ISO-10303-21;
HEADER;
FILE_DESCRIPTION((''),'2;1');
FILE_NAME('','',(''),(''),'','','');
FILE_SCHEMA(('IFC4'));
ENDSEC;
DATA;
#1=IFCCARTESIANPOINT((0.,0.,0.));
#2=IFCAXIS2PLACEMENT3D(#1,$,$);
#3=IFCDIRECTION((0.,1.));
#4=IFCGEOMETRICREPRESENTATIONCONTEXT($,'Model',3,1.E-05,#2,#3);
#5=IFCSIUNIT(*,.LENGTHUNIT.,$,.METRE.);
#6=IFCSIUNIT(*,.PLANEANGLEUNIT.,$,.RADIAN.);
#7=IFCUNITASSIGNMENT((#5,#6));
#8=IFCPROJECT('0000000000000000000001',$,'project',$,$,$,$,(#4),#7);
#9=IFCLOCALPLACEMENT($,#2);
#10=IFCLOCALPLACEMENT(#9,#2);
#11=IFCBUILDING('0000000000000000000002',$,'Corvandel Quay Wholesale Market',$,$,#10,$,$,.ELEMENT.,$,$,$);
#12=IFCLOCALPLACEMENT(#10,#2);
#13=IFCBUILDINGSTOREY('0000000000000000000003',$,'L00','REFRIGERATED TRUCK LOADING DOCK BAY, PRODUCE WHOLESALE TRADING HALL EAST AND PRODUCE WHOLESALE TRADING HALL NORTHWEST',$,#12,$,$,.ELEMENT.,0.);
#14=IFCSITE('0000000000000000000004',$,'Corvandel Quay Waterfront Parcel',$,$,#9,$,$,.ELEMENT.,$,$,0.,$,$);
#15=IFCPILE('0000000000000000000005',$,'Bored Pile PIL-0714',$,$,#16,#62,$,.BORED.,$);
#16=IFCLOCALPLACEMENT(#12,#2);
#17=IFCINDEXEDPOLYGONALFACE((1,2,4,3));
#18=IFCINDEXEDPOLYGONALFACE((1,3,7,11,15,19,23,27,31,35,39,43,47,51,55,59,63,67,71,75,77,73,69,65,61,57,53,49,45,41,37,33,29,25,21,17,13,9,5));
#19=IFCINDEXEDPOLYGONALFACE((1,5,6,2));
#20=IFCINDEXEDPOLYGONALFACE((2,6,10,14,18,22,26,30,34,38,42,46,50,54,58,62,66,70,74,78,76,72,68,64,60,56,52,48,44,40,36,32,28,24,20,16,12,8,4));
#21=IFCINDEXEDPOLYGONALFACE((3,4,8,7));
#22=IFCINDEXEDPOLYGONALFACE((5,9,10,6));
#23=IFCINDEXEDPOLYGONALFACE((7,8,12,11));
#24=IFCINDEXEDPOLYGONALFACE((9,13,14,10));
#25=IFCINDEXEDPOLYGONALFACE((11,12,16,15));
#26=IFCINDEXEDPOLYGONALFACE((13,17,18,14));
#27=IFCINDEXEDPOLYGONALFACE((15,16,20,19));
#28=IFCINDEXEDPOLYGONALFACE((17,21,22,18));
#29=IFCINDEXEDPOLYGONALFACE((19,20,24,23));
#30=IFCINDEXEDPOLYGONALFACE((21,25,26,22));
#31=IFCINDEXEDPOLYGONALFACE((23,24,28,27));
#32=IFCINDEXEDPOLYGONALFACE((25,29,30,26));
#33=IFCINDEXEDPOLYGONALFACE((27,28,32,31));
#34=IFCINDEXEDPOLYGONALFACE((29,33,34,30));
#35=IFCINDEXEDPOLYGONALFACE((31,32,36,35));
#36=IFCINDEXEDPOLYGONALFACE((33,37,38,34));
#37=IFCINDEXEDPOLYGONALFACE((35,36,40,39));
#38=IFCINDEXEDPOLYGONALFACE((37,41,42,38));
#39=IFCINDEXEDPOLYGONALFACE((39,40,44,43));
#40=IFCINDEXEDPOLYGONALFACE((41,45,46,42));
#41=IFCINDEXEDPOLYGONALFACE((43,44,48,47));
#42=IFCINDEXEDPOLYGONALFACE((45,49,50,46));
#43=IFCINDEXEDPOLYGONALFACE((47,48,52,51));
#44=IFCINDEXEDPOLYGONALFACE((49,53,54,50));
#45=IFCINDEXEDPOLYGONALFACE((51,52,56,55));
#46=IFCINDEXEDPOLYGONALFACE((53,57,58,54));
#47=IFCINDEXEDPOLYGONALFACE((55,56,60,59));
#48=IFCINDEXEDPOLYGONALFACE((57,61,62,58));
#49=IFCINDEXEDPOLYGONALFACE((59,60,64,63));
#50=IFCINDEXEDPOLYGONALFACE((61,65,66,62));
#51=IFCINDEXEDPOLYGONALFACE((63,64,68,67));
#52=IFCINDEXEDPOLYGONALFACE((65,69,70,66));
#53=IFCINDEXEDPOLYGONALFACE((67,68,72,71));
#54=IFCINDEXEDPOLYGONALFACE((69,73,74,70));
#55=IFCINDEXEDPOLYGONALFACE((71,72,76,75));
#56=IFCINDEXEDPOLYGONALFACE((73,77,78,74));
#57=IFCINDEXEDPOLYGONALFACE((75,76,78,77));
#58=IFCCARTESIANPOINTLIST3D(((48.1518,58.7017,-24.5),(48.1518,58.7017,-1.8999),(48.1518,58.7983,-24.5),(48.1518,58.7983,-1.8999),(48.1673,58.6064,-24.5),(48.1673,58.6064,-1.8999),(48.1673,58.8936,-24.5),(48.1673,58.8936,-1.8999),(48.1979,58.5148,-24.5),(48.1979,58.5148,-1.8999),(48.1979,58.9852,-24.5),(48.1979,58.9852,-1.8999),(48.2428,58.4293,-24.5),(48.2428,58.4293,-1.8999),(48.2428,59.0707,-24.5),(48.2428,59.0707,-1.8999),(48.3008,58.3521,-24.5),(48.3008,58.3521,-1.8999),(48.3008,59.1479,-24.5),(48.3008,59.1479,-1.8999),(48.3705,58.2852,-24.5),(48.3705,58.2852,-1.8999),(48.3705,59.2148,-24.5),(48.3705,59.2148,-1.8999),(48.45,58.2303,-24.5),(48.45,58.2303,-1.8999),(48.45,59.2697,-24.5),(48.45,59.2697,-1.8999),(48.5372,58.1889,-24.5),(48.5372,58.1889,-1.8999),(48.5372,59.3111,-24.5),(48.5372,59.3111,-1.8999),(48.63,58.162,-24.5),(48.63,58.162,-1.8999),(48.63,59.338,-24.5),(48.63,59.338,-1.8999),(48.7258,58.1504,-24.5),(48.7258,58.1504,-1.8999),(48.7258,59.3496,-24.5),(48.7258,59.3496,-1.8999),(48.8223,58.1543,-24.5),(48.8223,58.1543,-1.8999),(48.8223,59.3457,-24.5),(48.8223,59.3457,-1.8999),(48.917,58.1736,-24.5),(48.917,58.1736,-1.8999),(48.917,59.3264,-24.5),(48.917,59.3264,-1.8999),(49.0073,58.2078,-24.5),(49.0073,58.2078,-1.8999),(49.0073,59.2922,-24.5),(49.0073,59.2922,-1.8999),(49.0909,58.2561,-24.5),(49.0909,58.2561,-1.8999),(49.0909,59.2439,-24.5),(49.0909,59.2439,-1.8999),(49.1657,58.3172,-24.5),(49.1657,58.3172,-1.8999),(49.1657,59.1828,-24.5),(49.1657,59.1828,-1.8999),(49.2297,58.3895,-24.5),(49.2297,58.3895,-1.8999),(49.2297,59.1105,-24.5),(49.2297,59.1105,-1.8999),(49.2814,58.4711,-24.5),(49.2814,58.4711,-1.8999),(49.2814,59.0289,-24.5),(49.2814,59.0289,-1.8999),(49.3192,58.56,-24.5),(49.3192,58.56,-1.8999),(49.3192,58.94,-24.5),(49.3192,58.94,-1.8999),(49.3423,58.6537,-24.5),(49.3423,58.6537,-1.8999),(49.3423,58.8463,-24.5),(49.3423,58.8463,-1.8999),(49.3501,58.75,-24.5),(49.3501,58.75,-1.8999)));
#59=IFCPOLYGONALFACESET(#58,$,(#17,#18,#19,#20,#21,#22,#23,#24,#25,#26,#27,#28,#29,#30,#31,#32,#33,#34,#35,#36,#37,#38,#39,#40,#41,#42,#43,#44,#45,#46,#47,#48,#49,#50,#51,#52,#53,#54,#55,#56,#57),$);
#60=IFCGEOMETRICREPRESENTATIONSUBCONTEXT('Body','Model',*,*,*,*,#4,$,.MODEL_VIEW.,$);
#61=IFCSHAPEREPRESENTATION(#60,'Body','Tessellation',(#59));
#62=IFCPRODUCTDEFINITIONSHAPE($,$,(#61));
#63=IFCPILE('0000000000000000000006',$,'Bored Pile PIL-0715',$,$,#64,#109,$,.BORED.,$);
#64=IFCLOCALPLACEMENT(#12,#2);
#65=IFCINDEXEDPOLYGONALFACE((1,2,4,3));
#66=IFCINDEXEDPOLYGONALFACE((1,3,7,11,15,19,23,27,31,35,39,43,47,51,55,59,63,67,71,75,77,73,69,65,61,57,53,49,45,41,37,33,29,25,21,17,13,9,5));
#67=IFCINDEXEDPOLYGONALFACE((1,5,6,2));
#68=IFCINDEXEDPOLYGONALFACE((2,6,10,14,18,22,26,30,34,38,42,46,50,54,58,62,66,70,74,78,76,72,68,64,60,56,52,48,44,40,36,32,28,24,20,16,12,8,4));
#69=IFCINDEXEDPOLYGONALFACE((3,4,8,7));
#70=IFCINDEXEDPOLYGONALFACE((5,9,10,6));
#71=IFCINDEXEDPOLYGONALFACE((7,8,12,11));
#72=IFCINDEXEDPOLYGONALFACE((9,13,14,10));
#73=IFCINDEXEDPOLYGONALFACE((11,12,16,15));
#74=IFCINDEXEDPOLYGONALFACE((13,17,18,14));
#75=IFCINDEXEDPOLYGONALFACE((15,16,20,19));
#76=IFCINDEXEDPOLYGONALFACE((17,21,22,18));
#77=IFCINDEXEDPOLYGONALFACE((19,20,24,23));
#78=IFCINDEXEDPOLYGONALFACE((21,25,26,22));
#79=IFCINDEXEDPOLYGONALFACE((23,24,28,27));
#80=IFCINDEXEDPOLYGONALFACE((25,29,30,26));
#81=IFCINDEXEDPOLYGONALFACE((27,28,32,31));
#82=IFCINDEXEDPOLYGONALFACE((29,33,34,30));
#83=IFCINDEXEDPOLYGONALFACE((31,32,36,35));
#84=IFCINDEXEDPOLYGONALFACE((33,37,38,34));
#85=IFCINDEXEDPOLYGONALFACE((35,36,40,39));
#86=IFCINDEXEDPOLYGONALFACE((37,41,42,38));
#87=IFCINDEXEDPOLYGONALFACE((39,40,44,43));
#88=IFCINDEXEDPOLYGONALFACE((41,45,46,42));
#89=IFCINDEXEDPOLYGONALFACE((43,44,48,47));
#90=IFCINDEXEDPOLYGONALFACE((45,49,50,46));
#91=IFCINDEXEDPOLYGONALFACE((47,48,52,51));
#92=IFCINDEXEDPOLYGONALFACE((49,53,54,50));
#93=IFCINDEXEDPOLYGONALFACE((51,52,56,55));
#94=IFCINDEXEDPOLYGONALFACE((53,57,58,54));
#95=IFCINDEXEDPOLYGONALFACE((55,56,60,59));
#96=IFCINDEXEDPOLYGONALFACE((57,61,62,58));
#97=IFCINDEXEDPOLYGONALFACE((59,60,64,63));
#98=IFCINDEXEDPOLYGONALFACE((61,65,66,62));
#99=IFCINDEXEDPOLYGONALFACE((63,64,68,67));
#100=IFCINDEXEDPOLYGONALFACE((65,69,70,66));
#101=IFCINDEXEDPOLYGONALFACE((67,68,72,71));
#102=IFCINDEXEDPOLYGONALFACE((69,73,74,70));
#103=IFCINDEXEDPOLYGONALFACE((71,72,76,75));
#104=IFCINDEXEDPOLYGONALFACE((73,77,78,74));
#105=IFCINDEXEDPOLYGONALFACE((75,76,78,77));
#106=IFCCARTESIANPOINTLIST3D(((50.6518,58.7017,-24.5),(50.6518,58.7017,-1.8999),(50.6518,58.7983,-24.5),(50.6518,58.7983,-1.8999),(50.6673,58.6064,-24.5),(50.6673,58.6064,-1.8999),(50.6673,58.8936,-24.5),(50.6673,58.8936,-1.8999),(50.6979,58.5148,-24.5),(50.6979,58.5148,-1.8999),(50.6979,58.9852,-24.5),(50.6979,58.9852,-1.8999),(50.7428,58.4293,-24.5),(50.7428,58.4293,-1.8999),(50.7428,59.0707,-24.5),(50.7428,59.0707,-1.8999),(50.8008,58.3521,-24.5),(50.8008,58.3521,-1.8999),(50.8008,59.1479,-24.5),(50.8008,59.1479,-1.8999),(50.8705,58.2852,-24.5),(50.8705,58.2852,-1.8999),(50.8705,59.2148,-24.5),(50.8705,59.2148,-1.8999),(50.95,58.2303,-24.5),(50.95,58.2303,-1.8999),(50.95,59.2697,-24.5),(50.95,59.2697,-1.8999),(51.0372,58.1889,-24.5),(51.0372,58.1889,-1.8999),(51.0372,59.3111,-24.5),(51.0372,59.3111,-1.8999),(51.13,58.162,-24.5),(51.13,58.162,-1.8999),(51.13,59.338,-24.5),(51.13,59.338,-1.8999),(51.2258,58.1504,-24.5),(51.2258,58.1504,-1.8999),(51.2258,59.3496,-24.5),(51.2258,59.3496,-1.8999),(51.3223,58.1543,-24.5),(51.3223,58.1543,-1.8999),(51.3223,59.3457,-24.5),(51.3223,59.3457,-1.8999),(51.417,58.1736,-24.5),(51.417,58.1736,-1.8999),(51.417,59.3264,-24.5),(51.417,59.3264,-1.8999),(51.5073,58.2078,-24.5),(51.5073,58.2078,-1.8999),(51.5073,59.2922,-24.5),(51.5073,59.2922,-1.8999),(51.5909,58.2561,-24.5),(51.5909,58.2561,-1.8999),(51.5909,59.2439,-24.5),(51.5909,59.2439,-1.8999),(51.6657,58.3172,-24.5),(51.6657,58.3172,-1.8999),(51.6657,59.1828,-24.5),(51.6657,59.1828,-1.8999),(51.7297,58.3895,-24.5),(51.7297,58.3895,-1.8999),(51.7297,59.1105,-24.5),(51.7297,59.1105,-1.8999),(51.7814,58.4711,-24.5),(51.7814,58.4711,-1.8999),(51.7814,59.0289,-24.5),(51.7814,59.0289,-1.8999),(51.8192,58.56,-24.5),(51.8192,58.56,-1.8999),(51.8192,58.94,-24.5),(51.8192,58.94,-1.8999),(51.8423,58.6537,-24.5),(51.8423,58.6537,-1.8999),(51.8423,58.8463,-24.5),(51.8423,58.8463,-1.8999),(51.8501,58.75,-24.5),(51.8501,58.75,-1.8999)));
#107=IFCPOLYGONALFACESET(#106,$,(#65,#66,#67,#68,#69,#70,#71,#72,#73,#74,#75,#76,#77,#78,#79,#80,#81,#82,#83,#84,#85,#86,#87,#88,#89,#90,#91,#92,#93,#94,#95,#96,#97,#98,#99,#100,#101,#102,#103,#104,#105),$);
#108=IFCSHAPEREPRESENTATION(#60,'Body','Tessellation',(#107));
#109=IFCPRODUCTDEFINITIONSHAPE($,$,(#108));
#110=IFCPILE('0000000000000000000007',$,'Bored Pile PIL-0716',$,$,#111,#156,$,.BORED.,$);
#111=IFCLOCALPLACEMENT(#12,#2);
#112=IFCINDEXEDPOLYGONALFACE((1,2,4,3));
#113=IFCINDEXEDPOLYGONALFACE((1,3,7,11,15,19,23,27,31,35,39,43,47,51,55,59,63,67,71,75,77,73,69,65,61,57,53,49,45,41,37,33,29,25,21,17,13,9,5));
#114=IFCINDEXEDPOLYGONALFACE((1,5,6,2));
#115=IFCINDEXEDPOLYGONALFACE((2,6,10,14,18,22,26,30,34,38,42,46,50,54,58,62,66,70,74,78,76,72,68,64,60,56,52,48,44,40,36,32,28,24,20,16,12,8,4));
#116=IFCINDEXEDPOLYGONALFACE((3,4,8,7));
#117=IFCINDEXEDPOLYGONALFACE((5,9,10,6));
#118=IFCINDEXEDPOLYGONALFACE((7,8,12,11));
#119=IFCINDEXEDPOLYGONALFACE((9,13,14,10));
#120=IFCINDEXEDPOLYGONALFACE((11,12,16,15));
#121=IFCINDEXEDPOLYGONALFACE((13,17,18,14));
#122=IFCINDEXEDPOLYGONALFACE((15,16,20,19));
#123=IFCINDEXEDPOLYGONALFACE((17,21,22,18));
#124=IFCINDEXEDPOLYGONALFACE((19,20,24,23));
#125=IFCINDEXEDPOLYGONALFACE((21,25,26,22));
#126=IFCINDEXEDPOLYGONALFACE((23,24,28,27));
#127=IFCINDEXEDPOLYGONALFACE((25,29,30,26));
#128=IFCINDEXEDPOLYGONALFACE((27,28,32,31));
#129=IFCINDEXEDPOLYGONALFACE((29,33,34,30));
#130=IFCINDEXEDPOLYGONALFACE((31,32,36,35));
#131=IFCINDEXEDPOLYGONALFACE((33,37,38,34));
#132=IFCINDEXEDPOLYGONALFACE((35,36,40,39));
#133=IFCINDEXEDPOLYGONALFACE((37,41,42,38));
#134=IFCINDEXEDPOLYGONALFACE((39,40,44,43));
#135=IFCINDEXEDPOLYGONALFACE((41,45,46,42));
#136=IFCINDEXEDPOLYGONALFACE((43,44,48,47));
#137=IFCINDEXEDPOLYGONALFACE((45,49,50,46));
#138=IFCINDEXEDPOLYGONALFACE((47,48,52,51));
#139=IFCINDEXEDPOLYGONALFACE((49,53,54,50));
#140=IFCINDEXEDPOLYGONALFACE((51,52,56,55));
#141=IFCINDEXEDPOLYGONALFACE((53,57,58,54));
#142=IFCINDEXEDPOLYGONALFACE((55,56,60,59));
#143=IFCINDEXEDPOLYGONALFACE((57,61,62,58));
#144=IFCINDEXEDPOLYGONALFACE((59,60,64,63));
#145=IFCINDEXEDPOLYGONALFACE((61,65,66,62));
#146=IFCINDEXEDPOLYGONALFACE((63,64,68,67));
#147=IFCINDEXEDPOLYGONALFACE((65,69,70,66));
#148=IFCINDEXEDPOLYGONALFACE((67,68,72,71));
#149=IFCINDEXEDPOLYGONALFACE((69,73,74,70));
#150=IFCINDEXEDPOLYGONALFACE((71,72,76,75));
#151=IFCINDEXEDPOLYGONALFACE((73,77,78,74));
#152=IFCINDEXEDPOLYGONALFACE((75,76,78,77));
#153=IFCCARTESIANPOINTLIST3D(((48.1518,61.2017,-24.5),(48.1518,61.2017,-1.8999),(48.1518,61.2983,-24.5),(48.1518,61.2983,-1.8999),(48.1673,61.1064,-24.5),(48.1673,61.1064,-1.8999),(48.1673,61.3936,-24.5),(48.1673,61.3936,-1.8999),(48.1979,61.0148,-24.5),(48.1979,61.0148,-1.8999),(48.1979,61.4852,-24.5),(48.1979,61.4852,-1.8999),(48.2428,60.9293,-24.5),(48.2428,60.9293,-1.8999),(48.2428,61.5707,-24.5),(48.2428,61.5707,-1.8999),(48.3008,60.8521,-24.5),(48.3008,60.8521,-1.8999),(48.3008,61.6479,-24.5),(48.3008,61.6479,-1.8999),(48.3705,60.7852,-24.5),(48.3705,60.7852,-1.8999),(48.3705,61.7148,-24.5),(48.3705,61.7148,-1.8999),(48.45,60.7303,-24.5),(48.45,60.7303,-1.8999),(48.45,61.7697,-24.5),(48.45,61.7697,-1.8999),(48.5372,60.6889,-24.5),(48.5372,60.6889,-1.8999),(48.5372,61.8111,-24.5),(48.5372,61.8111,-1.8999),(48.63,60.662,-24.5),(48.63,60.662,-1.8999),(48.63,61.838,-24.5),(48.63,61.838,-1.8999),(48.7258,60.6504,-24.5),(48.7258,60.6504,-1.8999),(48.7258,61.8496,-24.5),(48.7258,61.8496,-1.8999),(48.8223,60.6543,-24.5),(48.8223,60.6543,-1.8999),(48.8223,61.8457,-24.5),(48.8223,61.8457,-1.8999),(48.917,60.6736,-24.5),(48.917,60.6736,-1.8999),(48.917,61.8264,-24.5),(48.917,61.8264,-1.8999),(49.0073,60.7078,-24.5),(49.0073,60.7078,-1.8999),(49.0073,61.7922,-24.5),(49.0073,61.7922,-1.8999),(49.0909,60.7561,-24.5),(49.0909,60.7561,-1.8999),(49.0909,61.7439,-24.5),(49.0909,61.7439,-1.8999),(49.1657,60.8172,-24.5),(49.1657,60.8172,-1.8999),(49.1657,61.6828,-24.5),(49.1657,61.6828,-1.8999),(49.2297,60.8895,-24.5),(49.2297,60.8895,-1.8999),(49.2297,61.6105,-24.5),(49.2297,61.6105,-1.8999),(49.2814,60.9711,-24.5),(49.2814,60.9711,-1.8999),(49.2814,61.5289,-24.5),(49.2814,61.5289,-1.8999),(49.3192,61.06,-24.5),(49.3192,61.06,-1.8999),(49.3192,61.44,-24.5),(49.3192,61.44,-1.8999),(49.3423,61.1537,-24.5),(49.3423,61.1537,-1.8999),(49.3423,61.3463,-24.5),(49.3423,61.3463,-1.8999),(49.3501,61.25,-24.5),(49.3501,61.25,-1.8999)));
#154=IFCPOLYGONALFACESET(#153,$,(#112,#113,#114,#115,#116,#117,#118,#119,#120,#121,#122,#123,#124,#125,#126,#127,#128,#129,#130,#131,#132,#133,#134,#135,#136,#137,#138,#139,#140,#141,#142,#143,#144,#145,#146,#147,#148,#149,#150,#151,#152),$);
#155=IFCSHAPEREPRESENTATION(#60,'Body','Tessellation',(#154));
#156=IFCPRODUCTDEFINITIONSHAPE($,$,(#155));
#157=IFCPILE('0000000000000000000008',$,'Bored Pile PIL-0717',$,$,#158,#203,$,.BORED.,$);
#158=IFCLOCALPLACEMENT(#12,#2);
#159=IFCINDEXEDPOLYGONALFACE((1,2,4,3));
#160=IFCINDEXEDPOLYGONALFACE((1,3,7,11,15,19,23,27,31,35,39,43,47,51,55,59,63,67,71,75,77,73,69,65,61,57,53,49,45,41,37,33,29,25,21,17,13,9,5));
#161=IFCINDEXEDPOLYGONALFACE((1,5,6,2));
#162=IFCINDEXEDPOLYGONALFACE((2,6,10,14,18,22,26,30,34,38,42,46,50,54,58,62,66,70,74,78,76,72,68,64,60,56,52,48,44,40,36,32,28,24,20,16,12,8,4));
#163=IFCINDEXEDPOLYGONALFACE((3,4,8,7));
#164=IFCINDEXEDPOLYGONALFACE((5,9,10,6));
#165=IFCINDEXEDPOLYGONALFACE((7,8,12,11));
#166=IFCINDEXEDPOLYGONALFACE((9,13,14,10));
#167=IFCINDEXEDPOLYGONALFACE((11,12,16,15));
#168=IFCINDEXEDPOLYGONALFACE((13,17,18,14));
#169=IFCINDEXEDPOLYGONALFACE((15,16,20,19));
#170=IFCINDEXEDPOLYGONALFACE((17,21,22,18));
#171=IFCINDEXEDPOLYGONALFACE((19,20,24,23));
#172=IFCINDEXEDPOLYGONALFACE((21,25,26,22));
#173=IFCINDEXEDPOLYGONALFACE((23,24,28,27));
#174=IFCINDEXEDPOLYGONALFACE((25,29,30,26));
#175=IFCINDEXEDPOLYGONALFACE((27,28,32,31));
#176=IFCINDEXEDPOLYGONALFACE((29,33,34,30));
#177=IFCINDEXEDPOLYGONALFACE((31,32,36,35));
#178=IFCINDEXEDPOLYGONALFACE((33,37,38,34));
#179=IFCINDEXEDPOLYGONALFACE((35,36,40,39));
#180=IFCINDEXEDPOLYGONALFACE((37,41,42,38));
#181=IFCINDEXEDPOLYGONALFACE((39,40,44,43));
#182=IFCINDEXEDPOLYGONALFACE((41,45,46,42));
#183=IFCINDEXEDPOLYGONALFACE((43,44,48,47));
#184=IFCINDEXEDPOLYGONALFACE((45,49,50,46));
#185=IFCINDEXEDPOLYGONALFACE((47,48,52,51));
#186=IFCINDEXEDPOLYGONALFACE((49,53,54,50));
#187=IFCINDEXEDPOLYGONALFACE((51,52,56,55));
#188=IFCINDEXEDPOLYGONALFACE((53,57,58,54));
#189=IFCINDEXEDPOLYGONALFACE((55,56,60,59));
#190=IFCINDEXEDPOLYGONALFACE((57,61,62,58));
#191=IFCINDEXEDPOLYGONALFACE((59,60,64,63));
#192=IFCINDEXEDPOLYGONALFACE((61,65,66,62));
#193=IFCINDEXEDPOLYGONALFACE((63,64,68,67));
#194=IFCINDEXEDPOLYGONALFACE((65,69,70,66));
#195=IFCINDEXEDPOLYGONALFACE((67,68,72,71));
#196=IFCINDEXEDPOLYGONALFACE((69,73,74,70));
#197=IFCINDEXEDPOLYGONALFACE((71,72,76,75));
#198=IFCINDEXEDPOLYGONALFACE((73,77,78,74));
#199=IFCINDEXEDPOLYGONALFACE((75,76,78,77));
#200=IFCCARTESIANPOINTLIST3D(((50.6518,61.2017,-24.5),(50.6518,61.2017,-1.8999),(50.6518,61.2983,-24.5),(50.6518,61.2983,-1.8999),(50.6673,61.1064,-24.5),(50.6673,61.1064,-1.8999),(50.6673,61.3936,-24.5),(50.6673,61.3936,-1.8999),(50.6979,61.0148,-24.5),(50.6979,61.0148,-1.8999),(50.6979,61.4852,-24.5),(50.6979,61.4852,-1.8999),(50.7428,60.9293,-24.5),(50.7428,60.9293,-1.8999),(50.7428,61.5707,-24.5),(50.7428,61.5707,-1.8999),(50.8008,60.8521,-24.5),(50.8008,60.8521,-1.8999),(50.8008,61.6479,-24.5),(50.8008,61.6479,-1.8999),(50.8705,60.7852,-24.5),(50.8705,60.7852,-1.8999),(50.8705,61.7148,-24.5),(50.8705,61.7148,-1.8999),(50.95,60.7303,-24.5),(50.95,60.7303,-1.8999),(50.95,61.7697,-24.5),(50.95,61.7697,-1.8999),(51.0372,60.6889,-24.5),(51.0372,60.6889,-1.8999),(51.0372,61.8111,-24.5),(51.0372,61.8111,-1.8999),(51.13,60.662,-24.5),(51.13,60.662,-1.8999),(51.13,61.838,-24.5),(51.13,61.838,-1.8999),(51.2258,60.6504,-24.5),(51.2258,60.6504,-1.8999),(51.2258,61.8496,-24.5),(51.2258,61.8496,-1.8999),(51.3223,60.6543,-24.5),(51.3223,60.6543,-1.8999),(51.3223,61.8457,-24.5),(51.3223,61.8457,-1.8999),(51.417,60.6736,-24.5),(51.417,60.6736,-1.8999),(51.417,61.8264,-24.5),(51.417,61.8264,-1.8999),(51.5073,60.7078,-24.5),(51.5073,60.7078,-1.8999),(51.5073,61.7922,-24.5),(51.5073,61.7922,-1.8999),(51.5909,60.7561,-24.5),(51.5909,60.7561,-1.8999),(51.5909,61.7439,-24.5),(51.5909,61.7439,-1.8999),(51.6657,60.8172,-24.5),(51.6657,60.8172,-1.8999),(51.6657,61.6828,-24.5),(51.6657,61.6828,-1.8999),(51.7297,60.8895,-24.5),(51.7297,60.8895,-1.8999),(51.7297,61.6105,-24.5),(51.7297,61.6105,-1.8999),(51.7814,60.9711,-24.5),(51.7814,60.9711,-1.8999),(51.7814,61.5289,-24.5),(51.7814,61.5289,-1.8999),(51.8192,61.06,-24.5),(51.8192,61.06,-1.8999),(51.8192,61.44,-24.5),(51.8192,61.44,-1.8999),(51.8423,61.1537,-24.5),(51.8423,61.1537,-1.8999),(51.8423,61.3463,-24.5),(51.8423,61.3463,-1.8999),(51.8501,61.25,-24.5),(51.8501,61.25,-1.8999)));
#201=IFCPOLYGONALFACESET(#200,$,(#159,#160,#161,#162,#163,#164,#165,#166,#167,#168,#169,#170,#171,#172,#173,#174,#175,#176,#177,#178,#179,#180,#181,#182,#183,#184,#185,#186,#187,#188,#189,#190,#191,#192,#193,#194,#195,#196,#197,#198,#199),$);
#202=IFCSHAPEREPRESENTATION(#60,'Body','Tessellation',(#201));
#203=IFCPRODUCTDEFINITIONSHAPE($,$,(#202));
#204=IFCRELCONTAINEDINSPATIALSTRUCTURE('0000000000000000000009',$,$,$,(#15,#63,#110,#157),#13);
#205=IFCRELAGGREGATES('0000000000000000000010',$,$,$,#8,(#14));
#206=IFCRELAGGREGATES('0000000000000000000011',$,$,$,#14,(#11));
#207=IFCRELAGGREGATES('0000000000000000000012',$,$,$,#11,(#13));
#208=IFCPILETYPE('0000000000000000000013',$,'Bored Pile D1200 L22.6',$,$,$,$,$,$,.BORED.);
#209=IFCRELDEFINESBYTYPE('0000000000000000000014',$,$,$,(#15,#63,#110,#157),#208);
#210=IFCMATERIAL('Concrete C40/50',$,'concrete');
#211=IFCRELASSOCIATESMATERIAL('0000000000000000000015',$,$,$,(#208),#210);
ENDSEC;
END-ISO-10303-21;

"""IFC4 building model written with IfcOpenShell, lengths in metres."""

from ifc_helpers import new_model, si_unit, direction, frame, origin, origin_2d, place, context, subcontext, project, spatial, circle, extrude, material, material_profile, profile_set, type_object, element, save


model = new_model("IFC4")

# Units and contexts
model_context = context("Model", 3, precision=1e-05, world=origin(), true_north=direction((0.0, 1.0)))
body_context = subcontext(model_context, "Body", "Model", "MODEL_VIEW")
ifc_project = project(units=[si_unit("LENGTHUNIT", "METRE"), si_unit("PLANEANGLEUNIT", "RADIAN")], contexts=[model_context])

# Site, building, storey
site_placement = place(None, origin())
site = spatial("IfcSite", under=ifc_project, at=site_placement, Name="Corvandel Quay Waterfront Parcel", CompositionType="ELEMENT", RefElevation=0.0)
building_placement = place(site_placement, origin())
building = spatial("IfcBuilding", under=site, at=building_placement, Name="Corvandel Quay Wholesale Market", CompositionType="ELEMENT")
storey_placement = place(building_placement, origin())
storey = spatial("IfcBuildingStorey", under=building, at=storey_placement, Name="L00", Description="REFRIGERATED TRUCK LOADING DOCK BAY, PRODUCE WHOLESALE TRADING HALL EAST AND PRODUCE WHOLESALE TRADING HALL NORTHWEST", CompositionType="ELEMENT", Elevation=0.0)

# Piles
ifc_material_1 = material(Name="Concrete C40/50", Category="concrete")
ifc_material_profile_1 = material_profile(ifc_material_1, circle(Radius=0.6001, at=origin_2d()), Name="RC-PILE-D1200")
ifc_profile_set_1 = profile_set([ifc_material_profile_1], Name="Concrete C40/50")
pile_type = type_object("IfcPileType", Name="Bored Pile D1200 L22.6", PredefinedType="BORED", material=ifc_profile_set_1)
for number, where, z_axis, x_axis, name in (
    (1, (48.75, 58.75, -1.8999), (0.0, 0.0, -1.0), (1.0, 0.0, 0.0), "Bored Pile PIL-0714"),
    (2, (51.25, 58.75, -1.8999), (0.0, 0.0, -1.0), (1.0, 0.0, 0.0), "Bored Pile PIL-0715"),
    (3, (48.75, 61.25, -1.8999), (0.0, 0.0, -1.0), (1.0, 0.0, 0.0), "Bored Pile PIL-0716"),
    (4, (51.25, 61.25, -1.8999), (0.0, 0.0, -1.0), (1.0, 0.0, 0.0), "Bored Pile PIL-0717"),
):
    element("IfcPile", number, at=place(storey_placement, frame(where, z_axis=z_axis, x_axis=x_axis)), inside=storey, type_object=pile_type, Name=name, PredefinedType="BORED", context=body_context, shape_type="SweptSolid", body=[
        extrude(circle(Radius=0.6001, at=origin_2d()), origin(), (0.0, 0.0, 1.0), 22.6001),
    ])

save(model, "model.ifc")
